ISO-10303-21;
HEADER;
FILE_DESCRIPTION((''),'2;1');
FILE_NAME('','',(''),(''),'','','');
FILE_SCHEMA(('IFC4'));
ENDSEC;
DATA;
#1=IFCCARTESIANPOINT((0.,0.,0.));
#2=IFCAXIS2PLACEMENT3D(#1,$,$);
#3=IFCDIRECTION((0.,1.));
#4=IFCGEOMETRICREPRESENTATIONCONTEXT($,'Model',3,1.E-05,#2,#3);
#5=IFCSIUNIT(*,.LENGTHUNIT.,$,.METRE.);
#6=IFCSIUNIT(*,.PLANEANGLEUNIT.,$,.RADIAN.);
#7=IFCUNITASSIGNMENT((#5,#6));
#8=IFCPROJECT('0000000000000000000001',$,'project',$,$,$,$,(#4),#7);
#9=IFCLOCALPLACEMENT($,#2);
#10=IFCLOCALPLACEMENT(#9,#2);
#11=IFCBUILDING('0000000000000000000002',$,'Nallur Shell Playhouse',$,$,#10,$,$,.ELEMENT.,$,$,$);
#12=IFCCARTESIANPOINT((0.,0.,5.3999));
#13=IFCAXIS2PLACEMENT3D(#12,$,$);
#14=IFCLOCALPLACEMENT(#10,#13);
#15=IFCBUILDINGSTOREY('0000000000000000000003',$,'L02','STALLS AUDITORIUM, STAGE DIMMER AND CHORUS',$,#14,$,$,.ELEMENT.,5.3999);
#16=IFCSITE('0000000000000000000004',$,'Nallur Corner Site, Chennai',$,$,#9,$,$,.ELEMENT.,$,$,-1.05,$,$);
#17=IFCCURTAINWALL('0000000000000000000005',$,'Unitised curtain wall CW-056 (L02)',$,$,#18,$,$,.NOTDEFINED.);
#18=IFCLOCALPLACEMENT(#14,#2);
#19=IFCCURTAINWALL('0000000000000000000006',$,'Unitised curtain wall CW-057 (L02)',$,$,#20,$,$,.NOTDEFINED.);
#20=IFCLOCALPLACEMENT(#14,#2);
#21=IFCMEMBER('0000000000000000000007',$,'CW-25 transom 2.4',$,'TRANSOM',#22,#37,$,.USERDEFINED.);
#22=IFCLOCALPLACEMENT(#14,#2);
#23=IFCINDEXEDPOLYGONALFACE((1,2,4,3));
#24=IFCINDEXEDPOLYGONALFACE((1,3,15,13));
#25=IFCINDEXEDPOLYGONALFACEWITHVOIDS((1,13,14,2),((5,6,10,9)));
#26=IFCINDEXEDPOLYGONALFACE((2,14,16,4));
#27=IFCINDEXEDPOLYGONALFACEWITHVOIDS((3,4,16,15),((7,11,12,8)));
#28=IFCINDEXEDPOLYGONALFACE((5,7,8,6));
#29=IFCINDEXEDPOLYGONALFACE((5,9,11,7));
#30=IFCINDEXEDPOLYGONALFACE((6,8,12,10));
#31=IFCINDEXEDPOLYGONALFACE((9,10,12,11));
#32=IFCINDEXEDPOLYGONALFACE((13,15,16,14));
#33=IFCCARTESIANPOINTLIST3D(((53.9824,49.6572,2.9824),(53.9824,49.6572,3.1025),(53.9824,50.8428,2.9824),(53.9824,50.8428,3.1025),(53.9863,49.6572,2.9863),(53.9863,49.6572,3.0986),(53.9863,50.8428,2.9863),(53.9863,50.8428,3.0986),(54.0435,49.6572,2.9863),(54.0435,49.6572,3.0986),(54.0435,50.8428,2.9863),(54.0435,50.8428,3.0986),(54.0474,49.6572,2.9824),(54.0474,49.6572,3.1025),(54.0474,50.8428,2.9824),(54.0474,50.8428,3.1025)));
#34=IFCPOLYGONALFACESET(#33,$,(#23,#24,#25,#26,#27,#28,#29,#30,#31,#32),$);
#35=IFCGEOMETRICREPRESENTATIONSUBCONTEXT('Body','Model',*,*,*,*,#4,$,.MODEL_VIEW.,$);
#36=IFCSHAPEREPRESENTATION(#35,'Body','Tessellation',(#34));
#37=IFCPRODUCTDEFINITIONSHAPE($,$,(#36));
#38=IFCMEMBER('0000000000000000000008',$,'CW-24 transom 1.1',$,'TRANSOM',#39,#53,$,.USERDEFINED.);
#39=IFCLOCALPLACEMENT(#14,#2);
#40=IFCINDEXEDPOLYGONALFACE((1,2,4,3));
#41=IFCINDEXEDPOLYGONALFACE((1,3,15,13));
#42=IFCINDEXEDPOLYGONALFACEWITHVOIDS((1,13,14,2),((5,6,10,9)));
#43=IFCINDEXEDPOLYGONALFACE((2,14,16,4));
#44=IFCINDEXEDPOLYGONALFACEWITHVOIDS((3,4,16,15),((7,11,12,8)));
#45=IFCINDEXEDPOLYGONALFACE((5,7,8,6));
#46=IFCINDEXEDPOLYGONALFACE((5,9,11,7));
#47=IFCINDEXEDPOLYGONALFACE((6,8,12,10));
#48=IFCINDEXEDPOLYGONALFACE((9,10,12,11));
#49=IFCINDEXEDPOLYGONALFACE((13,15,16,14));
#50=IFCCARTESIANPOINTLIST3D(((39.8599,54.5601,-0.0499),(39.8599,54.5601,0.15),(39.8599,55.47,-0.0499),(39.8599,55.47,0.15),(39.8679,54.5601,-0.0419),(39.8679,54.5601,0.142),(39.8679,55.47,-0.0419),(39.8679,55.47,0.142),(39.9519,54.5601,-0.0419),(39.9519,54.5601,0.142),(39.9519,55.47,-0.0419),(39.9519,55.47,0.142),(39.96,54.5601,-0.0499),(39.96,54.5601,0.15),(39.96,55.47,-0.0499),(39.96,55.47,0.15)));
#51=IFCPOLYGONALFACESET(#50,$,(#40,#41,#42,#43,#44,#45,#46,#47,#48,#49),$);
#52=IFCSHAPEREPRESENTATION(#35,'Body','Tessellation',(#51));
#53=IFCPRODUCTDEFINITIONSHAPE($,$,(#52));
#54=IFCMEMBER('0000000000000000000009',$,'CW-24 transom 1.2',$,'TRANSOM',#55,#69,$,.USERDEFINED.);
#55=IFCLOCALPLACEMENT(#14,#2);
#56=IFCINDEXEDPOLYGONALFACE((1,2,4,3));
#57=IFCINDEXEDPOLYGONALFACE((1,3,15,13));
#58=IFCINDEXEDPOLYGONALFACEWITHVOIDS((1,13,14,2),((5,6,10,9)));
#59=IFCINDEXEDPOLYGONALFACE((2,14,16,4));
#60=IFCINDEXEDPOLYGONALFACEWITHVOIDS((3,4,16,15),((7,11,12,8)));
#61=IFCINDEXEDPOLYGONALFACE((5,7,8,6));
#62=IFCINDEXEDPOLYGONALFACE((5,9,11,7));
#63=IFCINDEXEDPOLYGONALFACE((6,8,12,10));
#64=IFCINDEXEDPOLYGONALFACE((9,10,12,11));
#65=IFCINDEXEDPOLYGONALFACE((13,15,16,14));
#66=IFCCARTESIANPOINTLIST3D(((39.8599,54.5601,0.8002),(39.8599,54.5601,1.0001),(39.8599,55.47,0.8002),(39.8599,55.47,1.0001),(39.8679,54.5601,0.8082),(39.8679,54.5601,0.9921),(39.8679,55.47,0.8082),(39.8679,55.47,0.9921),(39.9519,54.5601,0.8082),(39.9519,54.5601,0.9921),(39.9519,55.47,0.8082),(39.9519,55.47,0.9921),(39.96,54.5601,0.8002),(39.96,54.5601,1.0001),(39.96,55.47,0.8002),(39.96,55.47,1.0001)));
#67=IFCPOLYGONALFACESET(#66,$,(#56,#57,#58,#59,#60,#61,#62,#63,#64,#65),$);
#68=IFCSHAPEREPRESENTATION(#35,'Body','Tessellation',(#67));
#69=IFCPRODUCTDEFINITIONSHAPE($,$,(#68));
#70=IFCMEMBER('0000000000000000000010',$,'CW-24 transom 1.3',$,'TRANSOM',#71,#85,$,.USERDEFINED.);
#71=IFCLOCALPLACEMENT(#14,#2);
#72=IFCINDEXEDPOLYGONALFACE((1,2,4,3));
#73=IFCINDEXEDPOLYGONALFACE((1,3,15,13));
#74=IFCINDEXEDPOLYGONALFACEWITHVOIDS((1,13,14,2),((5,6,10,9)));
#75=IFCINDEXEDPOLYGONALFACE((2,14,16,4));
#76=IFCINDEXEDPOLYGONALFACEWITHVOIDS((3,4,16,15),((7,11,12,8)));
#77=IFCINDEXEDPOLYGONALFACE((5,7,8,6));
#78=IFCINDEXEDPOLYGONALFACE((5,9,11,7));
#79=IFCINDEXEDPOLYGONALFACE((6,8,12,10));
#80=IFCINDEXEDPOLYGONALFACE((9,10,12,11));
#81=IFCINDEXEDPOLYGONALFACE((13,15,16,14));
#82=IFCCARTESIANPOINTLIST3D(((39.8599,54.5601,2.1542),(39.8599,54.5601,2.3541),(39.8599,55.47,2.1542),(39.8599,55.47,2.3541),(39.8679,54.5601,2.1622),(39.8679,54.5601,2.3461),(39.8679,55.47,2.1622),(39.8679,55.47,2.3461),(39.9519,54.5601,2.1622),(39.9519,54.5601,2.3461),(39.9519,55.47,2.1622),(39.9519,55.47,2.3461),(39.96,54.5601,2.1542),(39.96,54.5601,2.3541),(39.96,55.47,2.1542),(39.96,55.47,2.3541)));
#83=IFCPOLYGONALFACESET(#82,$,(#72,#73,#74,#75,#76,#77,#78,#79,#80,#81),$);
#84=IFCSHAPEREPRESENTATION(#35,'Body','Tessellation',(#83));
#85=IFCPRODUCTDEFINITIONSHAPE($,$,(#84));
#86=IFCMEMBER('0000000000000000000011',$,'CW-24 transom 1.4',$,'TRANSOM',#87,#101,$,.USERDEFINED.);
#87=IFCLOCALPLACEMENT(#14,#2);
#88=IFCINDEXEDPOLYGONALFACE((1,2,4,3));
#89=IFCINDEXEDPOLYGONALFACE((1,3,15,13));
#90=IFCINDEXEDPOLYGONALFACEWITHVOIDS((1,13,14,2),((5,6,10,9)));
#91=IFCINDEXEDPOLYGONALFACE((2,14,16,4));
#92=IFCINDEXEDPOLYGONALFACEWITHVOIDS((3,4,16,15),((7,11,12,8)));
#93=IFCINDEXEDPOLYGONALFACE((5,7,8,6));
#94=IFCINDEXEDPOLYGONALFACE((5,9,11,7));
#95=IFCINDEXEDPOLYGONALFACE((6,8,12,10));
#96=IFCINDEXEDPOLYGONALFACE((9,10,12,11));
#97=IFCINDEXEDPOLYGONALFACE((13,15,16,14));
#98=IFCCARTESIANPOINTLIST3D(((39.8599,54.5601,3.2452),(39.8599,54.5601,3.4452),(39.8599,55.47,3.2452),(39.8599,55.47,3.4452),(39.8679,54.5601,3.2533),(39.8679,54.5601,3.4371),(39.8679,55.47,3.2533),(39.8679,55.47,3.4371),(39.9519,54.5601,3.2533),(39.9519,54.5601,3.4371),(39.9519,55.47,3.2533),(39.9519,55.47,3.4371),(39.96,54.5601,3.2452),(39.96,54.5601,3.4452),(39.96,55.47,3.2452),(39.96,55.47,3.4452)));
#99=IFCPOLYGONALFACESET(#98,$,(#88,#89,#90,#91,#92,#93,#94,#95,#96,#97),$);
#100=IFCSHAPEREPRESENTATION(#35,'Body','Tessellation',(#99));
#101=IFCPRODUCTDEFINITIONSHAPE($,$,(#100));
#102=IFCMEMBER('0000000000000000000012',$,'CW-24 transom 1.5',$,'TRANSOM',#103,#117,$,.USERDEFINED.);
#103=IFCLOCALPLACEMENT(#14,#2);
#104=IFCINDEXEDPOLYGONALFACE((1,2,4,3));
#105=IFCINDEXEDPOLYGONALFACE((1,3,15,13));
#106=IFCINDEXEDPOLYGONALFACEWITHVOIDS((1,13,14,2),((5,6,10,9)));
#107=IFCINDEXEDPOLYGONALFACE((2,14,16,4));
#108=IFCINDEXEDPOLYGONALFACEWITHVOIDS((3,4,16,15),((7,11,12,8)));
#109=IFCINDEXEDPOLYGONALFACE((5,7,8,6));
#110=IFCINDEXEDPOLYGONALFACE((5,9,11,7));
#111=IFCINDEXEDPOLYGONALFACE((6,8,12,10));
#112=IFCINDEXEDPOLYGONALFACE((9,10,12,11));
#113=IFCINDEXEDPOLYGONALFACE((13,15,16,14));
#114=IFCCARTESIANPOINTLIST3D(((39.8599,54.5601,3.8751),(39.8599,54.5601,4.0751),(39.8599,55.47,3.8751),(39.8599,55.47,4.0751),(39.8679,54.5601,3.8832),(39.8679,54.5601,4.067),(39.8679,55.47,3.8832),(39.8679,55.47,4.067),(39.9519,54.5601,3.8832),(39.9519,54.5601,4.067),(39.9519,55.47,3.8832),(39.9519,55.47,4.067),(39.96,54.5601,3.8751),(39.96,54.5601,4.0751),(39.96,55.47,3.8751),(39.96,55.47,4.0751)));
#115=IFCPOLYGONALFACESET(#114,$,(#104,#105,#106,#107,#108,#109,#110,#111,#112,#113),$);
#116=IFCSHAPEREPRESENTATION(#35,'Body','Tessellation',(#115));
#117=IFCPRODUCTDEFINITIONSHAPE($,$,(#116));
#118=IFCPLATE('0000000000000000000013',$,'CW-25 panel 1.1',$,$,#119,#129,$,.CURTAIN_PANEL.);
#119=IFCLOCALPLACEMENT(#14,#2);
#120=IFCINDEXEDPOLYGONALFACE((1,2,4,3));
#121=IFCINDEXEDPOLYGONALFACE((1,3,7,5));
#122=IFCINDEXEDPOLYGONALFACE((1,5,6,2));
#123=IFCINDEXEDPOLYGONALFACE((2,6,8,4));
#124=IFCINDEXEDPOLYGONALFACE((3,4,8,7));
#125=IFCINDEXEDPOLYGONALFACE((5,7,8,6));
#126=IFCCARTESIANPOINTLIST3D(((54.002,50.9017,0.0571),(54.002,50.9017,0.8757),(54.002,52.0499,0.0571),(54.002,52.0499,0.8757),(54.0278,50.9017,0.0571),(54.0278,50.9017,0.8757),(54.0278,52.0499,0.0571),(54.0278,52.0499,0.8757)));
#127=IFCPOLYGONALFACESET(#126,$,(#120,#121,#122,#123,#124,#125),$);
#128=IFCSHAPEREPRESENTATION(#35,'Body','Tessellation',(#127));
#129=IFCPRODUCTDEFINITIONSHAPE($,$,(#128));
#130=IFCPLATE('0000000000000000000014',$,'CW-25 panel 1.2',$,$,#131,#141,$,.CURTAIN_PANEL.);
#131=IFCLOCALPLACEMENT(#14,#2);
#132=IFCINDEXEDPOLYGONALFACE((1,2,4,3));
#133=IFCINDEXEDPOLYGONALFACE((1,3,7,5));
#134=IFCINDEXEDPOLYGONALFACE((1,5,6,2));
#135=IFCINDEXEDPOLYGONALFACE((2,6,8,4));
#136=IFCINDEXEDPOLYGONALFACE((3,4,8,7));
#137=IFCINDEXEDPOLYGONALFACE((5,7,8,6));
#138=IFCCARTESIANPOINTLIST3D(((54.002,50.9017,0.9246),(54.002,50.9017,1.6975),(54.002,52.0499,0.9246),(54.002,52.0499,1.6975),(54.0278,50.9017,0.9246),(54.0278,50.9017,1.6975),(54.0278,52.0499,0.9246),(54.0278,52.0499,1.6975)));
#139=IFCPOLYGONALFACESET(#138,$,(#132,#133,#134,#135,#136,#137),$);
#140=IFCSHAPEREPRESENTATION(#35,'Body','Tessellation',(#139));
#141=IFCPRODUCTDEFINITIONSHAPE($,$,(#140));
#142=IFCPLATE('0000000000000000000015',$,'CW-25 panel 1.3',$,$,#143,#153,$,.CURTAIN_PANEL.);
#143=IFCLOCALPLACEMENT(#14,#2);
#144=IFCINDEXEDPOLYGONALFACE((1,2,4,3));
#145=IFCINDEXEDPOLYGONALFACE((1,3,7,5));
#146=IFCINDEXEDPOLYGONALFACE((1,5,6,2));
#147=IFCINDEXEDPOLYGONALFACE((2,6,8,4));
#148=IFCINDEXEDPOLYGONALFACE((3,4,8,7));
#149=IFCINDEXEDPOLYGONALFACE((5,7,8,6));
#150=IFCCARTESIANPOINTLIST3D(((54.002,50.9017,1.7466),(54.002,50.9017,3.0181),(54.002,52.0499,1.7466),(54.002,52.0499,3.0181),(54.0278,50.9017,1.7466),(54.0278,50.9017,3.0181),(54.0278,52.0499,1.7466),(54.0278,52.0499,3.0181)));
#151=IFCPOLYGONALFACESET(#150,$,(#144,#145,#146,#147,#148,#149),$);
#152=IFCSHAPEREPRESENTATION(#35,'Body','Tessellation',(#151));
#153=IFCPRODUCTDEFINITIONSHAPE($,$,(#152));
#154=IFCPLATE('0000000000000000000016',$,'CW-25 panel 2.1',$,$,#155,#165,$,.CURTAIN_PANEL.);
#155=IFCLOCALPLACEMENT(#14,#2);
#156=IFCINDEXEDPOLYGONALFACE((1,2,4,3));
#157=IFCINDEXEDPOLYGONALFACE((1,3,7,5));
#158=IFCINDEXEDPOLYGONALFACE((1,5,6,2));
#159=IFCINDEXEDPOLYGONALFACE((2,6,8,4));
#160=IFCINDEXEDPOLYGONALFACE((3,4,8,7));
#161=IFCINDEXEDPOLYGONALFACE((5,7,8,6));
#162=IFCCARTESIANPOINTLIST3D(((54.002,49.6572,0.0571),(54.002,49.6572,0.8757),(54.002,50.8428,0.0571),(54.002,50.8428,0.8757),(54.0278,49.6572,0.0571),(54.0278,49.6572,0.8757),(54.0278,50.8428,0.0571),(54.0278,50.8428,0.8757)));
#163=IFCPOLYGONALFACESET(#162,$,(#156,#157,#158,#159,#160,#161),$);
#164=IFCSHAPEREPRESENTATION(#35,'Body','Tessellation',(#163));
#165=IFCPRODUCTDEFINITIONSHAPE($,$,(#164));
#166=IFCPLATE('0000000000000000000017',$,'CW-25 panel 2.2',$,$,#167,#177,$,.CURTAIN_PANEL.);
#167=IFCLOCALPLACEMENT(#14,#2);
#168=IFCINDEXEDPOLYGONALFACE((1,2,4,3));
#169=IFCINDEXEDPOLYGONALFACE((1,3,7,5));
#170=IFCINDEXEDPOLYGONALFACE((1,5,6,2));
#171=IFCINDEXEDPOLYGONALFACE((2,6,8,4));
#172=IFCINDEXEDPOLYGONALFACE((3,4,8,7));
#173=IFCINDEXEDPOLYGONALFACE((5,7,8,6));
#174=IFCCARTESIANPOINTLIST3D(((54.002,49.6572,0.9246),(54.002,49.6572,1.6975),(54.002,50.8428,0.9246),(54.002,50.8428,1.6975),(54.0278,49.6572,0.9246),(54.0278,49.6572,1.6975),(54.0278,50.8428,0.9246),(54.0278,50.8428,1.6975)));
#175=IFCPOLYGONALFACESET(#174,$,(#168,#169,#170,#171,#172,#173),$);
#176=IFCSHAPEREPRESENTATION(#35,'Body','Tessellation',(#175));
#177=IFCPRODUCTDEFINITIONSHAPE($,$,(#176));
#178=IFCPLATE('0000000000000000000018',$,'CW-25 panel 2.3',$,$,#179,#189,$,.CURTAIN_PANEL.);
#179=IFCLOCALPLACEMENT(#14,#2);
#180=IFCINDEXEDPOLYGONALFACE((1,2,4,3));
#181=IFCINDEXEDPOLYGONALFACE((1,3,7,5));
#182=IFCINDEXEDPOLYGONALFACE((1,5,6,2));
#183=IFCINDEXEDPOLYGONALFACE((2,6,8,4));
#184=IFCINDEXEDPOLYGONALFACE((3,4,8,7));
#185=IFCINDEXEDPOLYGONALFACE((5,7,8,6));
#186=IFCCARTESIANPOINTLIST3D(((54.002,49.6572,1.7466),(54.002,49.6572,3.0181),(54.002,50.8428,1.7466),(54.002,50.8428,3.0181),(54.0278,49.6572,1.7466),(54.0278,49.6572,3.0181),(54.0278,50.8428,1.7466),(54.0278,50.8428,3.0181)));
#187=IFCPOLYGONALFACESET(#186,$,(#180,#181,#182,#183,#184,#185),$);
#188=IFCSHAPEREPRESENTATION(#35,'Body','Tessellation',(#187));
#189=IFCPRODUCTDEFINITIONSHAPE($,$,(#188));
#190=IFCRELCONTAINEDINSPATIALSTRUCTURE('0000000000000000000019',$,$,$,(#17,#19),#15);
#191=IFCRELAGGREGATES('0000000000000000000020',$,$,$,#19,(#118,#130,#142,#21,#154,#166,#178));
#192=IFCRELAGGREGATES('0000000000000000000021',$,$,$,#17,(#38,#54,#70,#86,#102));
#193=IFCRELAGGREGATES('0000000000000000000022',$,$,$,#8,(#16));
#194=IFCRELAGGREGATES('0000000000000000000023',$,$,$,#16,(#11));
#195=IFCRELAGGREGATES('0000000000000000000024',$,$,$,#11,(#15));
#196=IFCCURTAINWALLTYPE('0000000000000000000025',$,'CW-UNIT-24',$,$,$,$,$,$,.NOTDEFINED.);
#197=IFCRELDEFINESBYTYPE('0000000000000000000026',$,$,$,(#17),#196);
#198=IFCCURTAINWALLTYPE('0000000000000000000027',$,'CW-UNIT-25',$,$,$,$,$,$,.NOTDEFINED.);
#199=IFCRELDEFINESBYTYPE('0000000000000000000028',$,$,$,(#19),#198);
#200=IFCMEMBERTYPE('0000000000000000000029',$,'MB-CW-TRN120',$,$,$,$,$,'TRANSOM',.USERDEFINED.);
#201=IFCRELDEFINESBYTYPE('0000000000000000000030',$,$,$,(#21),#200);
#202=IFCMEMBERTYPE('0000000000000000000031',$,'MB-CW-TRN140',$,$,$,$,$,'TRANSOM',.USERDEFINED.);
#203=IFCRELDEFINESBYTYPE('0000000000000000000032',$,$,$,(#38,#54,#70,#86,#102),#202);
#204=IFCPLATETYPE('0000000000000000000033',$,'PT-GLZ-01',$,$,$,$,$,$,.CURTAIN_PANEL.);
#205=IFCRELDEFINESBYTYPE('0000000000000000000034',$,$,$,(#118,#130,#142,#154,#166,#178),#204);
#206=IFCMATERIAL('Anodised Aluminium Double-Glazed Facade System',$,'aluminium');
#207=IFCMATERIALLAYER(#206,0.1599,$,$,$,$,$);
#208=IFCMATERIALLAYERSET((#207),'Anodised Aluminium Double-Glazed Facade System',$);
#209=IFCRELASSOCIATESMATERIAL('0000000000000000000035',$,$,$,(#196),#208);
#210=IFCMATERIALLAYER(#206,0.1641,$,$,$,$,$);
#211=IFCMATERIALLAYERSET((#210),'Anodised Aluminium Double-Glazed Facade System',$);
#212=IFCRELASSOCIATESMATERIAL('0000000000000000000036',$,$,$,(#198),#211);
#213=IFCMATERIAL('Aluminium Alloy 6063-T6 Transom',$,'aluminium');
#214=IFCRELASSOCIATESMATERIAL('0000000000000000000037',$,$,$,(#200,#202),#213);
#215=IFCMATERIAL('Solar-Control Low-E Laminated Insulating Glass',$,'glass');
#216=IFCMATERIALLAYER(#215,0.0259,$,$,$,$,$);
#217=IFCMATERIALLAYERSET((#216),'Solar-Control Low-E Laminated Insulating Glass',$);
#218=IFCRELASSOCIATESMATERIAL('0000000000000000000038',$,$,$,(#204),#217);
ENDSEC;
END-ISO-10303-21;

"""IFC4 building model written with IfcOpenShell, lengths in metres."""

from ifc_helpers import new_model, si_unit, direction, frame, origin, origin_2d, place, context, subcontext, project, spatial, rectangle, hollow_rectangle, extrude, material, layer, layer_set, material_profile, profile_set, type_object, element, aggregate, save


model = new_model("IFC4")

# Units and contexts
model_context = context("Model", 3, precision=1e-05, world=origin(), true_north=direction((0.0, 1.0)))
body_context = subcontext(model_context, "Body", "Model", "MODEL_VIEW")
ifc_project = project(units=[si_unit("LENGTHUNIT", "METRE"), si_unit("PLANEANGLEUNIT", "RADIAN")], contexts=[model_context])

# Site, building, storey
site_placement = place(None, origin())
site = spatial("IfcSite", under=ifc_project, at=site_placement, Name="Nallur Corner Site, Chennai", CompositionType="ELEMENT", RefElevation=-1.05)
building_placement = place(site_placement, origin())
building = spatial("IfcBuilding", under=site, at=building_placement, Name="Nallur Shell Playhouse", CompositionType="ELEMENT")
storey_placement = place(building_placement, frame((0.0, 0.0, 5.3999)))
storey = spatial("IfcBuildingStorey", under=building, at=storey_placement, Name="L02", Description="STALLS AUDITORIUM, STAGE DIMMER AND CHORUS", CompositionType="ELEMENT", Elevation=5.3999)

# Curtain wall
ifc_material_1 = material(Name="Anodised Aluminium Double-Glazed Facade System", Category="aluminium")
ifc_layer_1 = layer(ifc_material_1, 0.1599)
ifc_layer_set_1 = layer_set([ifc_layer_1], Name="Anodised Aluminium Double-Glazed Facade System")
curtain_wall_type_1 = type_object("IfcCurtainWallType", Name="CW-UNIT-24", PredefinedType="NOTDEFINED", material=ifc_layer_set_1)
curtain_wall_1_placement = place(storey_placement, origin())
curtain_wall_1 = element("IfcCurtainWall", 1, at=curtain_wall_1_placement, inside=storey, type_object=curtain_wall_type_1, Name="Unitised curtain wall CW-056 (L02)", PredefinedType="NOTDEFINED")

# Curtain wall
ifc_layer_2 = layer(ifc_material_1, 0.1641)
ifc_layer_set_2 = layer_set([ifc_layer_2], Name="Anodised Aluminium Double-Glazed Facade System")
curtain_wall_type_2 = type_object("IfcCurtainWallType", Name="CW-UNIT-25", PredefinedType="NOTDEFINED", material=ifc_layer_set_2)
curtain_wall_2_placement = place(storey_placement, origin())
curtain_wall_2 = element("IfcCurtainWall", 2, at=curtain_wall_2_placement, inside=storey, type_object=curtain_wall_type_2, Name="Unitised curtain wall CW-057 (L02)", PredefinedType="NOTDEFINED")

# Members
ifc_material_2 = material(Name="Aluminium Alloy 6063-T6 Transom", Category="aluminium")
ifc_material_profile_1 = material_profile(ifc_material_2, hollow_rectangle(XDim=0.0649, YDim=0.1201, WallThickness=0.0039, at=origin_2d()), Name="ALU 65x120x4")
ifc_profile_set_1 = profile_set([ifc_material_profile_1], Name="Aluminium Alloy 6063-T6 Transom")
member_type_1 = type_object("IfcMemberType", Name="MB-CW-TRN120", ElementType="TRANSOM", PredefinedType="USERDEFINED", material=ifc_profile_set_1)
member_1_placement = place(storey_placement, frame((54.0149, 50.8428, 3.0425), z_axis=(0.0, -1.0, 0.0), x_axis=(1.0, 0.0, 0.0)))
member_1 = element("IfcMember", 3, at=member_1_placement, type_object=member_type_1, Name="CW-25 transom 2.4", ObjectType="TRANSOM", PredefinedType="USERDEFINED", context=body_context, shape_type="SweptSolid", body=[
    extrude(hollow_rectangle(XDim=0.0649, YDim=0.1201, WallThickness=0.0039, at=origin_2d()), origin(), (0.0, 0.0, 1.0), 1.1855),
])
ifc_material_profile_2 = material_profile(ifc_material_2, hollow_rectangle(XDim=0.1001, YDim=0.2, WallThickness=0.0081, at=origin_2d()), Name="RHS 200x100x8")
ifc_profile_set_2 = profile_set([ifc_material_profile_2], Name="Aluminium Alloy 6063-T6 Transom")
member_type_2 = type_object("IfcMemberType", Name="MB-CW-TRN140", ElementType="TRANSOM", PredefinedType="USERDEFINED", material=ifc_profile_set_2)
member_2_placement = place(storey_placement, frame((39.9099, 55.47, 0.05), z_axis=(0.0, -1.0, 0.0), x_axis=(1.0, 0.0, 0.0)))
member_2 = element("IfcMember", 4, at=member_2_placement, type_object=member_type_2, Name="CW-24 transom 1.1", ObjectType="TRANSOM", PredefinedType="USERDEFINED", context=body_context, shape_type="SweptSolid", body=[
    extrude(hollow_rectangle(XDim=0.1001, YDim=0.2, WallThickness=0.0081, at=origin_2d()), origin(), (0.0, 0.0, 1.0), 0.9099),
])
member_3_placement = place(storey_placement, frame((39.9099, 55.47, 0.9001), z_axis=(0.0, -1.0, 0.0), x_axis=(1.0, 0.0, 0.0)))
member_3 = element("IfcMember", 5, at=member_3_placement, type_object=member_type_2, Name="CW-24 transom 1.2", ObjectType="TRANSOM", PredefinedType="USERDEFINED", context=body_context, shape_type="SweptSolid", body=[
    extrude(hollow_rectangle(XDim=0.1001, YDim=0.2, WallThickness=0.0081, at=origin_2d()), origin(), (0.0, 0.0, 1.0), 0.9099),
])
member_4_placement = place(storey_placement, frame((39.9099, 55.47, 2.2542), z_axis=(0.0, -1.0, 0.0), x_axis=(1.0, 0.0, 0.0)))
member_4 = element("IfcMember", 6, at=member_4_placement, type_object=member_type_2, Name="CW-24 transom 1.3", ObjectType="TRANSOM", PredefinedType="USERDEFINED", context=body_context, shape_type="SweptSolid", body=[
    extrude(hollow_rectangle(XDim=0.1001, YDim=0.2, WallThickness=0.0081, at=origin_2d()), origin(), (0.0, 0.0, 1.0), 0.9099),
])
member_5_placement = place(storey_placement, frame((39.9099, 55.47, 3.3452), z_axis=(0.0, -1.0, 0.0), x_axis=(1.0, 0.0, 0.0)))
member_5 = element("IfcMember", 7, at=member_5_placement, type_object=member_type_2, Name="CW-24 transom 1.4", ObjectType="TRANSOM", PredefinedType="USERDEFINED", context=body_context, shape_type="SweptSolid", body=[
    extrude(hollow_rectangle(XDim=0.1001, YDim=0.2, WallThickness=0.0081, at=origin_2d()), origin(), (0.0, 0.0, 1.0), 0.9099),
])
member_6_placement = place(storey_placement, frame((39.9099, 55.47, 3.9751), z_axis=(0.0, -1.0, 0.0), x_axis=(1.0, 0.0, 0.0)))
member_6 = element("IfcMember", 8, at=member_6_placement, type_object=member_type_2, Name="CW-24 transom 1.5", ObjectType="TRANSOM", PredefinedType="USERDEFINED", context=body_context, shape_type="SweptSolid", body=[
    extrude(hollow_rectangle(XDim=0.1001, YDim=0.2, WallThickness=0.0081, at=origin_2d()), origin(), (0.0, 0.0, 1.0), 0.9099),
])

# Plates
ifc_material_3 = material(Name="Solar-Control Low-E Laminated Insulating Glass", Category="glass")
ifc_layer_3 = layer(ifc_material_3, 0.0259)
ifc_layer_set_3 = layer_set([ifc_layer_3], Name="Solar-Control Low-E Laminated Insulating Glass")
plate_type_1 = type_object("IfcPlateType", Name="PT-GLZ-01", PredefinedType="CURTAIN_PANEL", material=ifc_layer_set_3)
plate_1_placement = place(storey_placement, frame((54.0149, 51.4758, 0.0571), z_axis=(0.0, 0.0, 1.0), x_axis=(0.0, -1.0, 0.0)))
plate_1 = element("IfcPlate", 9, at=plate_1_placement, type_object=plate_type_1, Name="CW-25 panel 1.1", PredefinedType="CURTAIN_PANEL", context=body_context, shape_type="SweptSolid", body=[
    extrude(rectangle(XDim=1.1482, YDim=0.0259, at=origin_2d()), origin(), (0.0, 0.0, 1.0), 0.8186),
])
plate_2_placement = place(storey_placement, frame((54.0149, 51.4758, 0.9246), z_axis=(0.0, 0.0, 1.0), x_axis=(0.0, -1.0, 0.0)))
plate_2 = element("IfcPlate", 10, at=plate_2_placement, type_object=plate_type_1, Name="CW-25 panel 1.2", PredefinedType="CURTAIN_PANEL", context=body_context, shape_type="SweptSolid", body=[
    extrude(rectangle(XDim=1.1482, YDim=0.0259, at=origin_2d()), origin(), (0.0, 0.0, 1.0), 0.7729),
])
plate_3_placement = place(storey_placement, frame((54.0149, 51.4758, 1.7466), z_axis=(0.0, 0.0, 1.0), x_axis=(0.0, -1.0, 0.0)))
plate_3 = element("IfcPlate", 11, at=plate_3_placement, type_object=plate_type_1, Name="CW-25 panel 1.3", PredefinedType="CURTAIN_PANEL", context=body_context, shape_type="SweptSolid", body=[
    extrude(rectangle(XDim=1.1482, YDim=0.0259, at=origin_2d()), origin(), (0.0, 0.0, 1.0), 1.2715),
])
plate_4_placement = place(storey_placement, frame((54.0149, 50.25, 0.0571), z_axis=(0.0, 0.0, 1.0), x_axis=(0.0, -1.0, 0.0)))
plate_4 = element("IfcPlate", 12, at=plate_4_placement, type_object=plate_type_1, Name="CW-25 panel 2.1", PredefinedType="CURTAIN_PANEL", context=body_context, shape_type="SweptSolid", body=[
    extrude(rectangle(XDim=1.1855, YDim=0.0259, at=origin_2d()), origin(), (0.0, 0.0, 1.0), 0.8186),
])
plate_5_placement = place(storey_placement, frame((54.0149, 50.25, 0.9246), z_axis=(0.0, 0.0, 1.0), x_axis=(0.0, -1.0, 0.0)))
plate_5 = element("IfcPlate", 13, at=plate_5_placement, type_object=plate_type_1, Name="CW-25 panel 2.2", PredefinedType="CURTAIN_PANEL", context=body_context, shape_type="SweptSolid", body=[
    extrude(rectangle(XDim=1.1855, YDim=0.0259, at=origin_2d()), origin(), (0.0, 0.0, 1.0), 0.7729),
])
plate_6_placement = place(storey_placement, frame((54.0149, 50.25, 1.7466), z_axis=(0.0, 0.0, 1.0), x_axis=(0.0, -1.0, 0.0)))
plate_6 = element("IfcPlate", 14, at=plate_6_placement, type_object=plate_type_1, Name="CW-25 panel 2.3", PredefinedType="CURTAIN_PANEL", context=body_context, shape_type="SweptSolid", body=[
    extrude(rectangle(XDim=1.1855, YDim=0.0259, at=origin_2d()), origin(), (0.0, 0.0, 1.0), 1.2715),
])
aggregate(curtain_wall_2, [plate_1, plate_2, plate_3, member_1, plate_4, plate_5, plate_6])
aggregate(curtain_wall_1, [member_2, member_3, member_4, member_5, member_6])

save(model, "model.ifc")
